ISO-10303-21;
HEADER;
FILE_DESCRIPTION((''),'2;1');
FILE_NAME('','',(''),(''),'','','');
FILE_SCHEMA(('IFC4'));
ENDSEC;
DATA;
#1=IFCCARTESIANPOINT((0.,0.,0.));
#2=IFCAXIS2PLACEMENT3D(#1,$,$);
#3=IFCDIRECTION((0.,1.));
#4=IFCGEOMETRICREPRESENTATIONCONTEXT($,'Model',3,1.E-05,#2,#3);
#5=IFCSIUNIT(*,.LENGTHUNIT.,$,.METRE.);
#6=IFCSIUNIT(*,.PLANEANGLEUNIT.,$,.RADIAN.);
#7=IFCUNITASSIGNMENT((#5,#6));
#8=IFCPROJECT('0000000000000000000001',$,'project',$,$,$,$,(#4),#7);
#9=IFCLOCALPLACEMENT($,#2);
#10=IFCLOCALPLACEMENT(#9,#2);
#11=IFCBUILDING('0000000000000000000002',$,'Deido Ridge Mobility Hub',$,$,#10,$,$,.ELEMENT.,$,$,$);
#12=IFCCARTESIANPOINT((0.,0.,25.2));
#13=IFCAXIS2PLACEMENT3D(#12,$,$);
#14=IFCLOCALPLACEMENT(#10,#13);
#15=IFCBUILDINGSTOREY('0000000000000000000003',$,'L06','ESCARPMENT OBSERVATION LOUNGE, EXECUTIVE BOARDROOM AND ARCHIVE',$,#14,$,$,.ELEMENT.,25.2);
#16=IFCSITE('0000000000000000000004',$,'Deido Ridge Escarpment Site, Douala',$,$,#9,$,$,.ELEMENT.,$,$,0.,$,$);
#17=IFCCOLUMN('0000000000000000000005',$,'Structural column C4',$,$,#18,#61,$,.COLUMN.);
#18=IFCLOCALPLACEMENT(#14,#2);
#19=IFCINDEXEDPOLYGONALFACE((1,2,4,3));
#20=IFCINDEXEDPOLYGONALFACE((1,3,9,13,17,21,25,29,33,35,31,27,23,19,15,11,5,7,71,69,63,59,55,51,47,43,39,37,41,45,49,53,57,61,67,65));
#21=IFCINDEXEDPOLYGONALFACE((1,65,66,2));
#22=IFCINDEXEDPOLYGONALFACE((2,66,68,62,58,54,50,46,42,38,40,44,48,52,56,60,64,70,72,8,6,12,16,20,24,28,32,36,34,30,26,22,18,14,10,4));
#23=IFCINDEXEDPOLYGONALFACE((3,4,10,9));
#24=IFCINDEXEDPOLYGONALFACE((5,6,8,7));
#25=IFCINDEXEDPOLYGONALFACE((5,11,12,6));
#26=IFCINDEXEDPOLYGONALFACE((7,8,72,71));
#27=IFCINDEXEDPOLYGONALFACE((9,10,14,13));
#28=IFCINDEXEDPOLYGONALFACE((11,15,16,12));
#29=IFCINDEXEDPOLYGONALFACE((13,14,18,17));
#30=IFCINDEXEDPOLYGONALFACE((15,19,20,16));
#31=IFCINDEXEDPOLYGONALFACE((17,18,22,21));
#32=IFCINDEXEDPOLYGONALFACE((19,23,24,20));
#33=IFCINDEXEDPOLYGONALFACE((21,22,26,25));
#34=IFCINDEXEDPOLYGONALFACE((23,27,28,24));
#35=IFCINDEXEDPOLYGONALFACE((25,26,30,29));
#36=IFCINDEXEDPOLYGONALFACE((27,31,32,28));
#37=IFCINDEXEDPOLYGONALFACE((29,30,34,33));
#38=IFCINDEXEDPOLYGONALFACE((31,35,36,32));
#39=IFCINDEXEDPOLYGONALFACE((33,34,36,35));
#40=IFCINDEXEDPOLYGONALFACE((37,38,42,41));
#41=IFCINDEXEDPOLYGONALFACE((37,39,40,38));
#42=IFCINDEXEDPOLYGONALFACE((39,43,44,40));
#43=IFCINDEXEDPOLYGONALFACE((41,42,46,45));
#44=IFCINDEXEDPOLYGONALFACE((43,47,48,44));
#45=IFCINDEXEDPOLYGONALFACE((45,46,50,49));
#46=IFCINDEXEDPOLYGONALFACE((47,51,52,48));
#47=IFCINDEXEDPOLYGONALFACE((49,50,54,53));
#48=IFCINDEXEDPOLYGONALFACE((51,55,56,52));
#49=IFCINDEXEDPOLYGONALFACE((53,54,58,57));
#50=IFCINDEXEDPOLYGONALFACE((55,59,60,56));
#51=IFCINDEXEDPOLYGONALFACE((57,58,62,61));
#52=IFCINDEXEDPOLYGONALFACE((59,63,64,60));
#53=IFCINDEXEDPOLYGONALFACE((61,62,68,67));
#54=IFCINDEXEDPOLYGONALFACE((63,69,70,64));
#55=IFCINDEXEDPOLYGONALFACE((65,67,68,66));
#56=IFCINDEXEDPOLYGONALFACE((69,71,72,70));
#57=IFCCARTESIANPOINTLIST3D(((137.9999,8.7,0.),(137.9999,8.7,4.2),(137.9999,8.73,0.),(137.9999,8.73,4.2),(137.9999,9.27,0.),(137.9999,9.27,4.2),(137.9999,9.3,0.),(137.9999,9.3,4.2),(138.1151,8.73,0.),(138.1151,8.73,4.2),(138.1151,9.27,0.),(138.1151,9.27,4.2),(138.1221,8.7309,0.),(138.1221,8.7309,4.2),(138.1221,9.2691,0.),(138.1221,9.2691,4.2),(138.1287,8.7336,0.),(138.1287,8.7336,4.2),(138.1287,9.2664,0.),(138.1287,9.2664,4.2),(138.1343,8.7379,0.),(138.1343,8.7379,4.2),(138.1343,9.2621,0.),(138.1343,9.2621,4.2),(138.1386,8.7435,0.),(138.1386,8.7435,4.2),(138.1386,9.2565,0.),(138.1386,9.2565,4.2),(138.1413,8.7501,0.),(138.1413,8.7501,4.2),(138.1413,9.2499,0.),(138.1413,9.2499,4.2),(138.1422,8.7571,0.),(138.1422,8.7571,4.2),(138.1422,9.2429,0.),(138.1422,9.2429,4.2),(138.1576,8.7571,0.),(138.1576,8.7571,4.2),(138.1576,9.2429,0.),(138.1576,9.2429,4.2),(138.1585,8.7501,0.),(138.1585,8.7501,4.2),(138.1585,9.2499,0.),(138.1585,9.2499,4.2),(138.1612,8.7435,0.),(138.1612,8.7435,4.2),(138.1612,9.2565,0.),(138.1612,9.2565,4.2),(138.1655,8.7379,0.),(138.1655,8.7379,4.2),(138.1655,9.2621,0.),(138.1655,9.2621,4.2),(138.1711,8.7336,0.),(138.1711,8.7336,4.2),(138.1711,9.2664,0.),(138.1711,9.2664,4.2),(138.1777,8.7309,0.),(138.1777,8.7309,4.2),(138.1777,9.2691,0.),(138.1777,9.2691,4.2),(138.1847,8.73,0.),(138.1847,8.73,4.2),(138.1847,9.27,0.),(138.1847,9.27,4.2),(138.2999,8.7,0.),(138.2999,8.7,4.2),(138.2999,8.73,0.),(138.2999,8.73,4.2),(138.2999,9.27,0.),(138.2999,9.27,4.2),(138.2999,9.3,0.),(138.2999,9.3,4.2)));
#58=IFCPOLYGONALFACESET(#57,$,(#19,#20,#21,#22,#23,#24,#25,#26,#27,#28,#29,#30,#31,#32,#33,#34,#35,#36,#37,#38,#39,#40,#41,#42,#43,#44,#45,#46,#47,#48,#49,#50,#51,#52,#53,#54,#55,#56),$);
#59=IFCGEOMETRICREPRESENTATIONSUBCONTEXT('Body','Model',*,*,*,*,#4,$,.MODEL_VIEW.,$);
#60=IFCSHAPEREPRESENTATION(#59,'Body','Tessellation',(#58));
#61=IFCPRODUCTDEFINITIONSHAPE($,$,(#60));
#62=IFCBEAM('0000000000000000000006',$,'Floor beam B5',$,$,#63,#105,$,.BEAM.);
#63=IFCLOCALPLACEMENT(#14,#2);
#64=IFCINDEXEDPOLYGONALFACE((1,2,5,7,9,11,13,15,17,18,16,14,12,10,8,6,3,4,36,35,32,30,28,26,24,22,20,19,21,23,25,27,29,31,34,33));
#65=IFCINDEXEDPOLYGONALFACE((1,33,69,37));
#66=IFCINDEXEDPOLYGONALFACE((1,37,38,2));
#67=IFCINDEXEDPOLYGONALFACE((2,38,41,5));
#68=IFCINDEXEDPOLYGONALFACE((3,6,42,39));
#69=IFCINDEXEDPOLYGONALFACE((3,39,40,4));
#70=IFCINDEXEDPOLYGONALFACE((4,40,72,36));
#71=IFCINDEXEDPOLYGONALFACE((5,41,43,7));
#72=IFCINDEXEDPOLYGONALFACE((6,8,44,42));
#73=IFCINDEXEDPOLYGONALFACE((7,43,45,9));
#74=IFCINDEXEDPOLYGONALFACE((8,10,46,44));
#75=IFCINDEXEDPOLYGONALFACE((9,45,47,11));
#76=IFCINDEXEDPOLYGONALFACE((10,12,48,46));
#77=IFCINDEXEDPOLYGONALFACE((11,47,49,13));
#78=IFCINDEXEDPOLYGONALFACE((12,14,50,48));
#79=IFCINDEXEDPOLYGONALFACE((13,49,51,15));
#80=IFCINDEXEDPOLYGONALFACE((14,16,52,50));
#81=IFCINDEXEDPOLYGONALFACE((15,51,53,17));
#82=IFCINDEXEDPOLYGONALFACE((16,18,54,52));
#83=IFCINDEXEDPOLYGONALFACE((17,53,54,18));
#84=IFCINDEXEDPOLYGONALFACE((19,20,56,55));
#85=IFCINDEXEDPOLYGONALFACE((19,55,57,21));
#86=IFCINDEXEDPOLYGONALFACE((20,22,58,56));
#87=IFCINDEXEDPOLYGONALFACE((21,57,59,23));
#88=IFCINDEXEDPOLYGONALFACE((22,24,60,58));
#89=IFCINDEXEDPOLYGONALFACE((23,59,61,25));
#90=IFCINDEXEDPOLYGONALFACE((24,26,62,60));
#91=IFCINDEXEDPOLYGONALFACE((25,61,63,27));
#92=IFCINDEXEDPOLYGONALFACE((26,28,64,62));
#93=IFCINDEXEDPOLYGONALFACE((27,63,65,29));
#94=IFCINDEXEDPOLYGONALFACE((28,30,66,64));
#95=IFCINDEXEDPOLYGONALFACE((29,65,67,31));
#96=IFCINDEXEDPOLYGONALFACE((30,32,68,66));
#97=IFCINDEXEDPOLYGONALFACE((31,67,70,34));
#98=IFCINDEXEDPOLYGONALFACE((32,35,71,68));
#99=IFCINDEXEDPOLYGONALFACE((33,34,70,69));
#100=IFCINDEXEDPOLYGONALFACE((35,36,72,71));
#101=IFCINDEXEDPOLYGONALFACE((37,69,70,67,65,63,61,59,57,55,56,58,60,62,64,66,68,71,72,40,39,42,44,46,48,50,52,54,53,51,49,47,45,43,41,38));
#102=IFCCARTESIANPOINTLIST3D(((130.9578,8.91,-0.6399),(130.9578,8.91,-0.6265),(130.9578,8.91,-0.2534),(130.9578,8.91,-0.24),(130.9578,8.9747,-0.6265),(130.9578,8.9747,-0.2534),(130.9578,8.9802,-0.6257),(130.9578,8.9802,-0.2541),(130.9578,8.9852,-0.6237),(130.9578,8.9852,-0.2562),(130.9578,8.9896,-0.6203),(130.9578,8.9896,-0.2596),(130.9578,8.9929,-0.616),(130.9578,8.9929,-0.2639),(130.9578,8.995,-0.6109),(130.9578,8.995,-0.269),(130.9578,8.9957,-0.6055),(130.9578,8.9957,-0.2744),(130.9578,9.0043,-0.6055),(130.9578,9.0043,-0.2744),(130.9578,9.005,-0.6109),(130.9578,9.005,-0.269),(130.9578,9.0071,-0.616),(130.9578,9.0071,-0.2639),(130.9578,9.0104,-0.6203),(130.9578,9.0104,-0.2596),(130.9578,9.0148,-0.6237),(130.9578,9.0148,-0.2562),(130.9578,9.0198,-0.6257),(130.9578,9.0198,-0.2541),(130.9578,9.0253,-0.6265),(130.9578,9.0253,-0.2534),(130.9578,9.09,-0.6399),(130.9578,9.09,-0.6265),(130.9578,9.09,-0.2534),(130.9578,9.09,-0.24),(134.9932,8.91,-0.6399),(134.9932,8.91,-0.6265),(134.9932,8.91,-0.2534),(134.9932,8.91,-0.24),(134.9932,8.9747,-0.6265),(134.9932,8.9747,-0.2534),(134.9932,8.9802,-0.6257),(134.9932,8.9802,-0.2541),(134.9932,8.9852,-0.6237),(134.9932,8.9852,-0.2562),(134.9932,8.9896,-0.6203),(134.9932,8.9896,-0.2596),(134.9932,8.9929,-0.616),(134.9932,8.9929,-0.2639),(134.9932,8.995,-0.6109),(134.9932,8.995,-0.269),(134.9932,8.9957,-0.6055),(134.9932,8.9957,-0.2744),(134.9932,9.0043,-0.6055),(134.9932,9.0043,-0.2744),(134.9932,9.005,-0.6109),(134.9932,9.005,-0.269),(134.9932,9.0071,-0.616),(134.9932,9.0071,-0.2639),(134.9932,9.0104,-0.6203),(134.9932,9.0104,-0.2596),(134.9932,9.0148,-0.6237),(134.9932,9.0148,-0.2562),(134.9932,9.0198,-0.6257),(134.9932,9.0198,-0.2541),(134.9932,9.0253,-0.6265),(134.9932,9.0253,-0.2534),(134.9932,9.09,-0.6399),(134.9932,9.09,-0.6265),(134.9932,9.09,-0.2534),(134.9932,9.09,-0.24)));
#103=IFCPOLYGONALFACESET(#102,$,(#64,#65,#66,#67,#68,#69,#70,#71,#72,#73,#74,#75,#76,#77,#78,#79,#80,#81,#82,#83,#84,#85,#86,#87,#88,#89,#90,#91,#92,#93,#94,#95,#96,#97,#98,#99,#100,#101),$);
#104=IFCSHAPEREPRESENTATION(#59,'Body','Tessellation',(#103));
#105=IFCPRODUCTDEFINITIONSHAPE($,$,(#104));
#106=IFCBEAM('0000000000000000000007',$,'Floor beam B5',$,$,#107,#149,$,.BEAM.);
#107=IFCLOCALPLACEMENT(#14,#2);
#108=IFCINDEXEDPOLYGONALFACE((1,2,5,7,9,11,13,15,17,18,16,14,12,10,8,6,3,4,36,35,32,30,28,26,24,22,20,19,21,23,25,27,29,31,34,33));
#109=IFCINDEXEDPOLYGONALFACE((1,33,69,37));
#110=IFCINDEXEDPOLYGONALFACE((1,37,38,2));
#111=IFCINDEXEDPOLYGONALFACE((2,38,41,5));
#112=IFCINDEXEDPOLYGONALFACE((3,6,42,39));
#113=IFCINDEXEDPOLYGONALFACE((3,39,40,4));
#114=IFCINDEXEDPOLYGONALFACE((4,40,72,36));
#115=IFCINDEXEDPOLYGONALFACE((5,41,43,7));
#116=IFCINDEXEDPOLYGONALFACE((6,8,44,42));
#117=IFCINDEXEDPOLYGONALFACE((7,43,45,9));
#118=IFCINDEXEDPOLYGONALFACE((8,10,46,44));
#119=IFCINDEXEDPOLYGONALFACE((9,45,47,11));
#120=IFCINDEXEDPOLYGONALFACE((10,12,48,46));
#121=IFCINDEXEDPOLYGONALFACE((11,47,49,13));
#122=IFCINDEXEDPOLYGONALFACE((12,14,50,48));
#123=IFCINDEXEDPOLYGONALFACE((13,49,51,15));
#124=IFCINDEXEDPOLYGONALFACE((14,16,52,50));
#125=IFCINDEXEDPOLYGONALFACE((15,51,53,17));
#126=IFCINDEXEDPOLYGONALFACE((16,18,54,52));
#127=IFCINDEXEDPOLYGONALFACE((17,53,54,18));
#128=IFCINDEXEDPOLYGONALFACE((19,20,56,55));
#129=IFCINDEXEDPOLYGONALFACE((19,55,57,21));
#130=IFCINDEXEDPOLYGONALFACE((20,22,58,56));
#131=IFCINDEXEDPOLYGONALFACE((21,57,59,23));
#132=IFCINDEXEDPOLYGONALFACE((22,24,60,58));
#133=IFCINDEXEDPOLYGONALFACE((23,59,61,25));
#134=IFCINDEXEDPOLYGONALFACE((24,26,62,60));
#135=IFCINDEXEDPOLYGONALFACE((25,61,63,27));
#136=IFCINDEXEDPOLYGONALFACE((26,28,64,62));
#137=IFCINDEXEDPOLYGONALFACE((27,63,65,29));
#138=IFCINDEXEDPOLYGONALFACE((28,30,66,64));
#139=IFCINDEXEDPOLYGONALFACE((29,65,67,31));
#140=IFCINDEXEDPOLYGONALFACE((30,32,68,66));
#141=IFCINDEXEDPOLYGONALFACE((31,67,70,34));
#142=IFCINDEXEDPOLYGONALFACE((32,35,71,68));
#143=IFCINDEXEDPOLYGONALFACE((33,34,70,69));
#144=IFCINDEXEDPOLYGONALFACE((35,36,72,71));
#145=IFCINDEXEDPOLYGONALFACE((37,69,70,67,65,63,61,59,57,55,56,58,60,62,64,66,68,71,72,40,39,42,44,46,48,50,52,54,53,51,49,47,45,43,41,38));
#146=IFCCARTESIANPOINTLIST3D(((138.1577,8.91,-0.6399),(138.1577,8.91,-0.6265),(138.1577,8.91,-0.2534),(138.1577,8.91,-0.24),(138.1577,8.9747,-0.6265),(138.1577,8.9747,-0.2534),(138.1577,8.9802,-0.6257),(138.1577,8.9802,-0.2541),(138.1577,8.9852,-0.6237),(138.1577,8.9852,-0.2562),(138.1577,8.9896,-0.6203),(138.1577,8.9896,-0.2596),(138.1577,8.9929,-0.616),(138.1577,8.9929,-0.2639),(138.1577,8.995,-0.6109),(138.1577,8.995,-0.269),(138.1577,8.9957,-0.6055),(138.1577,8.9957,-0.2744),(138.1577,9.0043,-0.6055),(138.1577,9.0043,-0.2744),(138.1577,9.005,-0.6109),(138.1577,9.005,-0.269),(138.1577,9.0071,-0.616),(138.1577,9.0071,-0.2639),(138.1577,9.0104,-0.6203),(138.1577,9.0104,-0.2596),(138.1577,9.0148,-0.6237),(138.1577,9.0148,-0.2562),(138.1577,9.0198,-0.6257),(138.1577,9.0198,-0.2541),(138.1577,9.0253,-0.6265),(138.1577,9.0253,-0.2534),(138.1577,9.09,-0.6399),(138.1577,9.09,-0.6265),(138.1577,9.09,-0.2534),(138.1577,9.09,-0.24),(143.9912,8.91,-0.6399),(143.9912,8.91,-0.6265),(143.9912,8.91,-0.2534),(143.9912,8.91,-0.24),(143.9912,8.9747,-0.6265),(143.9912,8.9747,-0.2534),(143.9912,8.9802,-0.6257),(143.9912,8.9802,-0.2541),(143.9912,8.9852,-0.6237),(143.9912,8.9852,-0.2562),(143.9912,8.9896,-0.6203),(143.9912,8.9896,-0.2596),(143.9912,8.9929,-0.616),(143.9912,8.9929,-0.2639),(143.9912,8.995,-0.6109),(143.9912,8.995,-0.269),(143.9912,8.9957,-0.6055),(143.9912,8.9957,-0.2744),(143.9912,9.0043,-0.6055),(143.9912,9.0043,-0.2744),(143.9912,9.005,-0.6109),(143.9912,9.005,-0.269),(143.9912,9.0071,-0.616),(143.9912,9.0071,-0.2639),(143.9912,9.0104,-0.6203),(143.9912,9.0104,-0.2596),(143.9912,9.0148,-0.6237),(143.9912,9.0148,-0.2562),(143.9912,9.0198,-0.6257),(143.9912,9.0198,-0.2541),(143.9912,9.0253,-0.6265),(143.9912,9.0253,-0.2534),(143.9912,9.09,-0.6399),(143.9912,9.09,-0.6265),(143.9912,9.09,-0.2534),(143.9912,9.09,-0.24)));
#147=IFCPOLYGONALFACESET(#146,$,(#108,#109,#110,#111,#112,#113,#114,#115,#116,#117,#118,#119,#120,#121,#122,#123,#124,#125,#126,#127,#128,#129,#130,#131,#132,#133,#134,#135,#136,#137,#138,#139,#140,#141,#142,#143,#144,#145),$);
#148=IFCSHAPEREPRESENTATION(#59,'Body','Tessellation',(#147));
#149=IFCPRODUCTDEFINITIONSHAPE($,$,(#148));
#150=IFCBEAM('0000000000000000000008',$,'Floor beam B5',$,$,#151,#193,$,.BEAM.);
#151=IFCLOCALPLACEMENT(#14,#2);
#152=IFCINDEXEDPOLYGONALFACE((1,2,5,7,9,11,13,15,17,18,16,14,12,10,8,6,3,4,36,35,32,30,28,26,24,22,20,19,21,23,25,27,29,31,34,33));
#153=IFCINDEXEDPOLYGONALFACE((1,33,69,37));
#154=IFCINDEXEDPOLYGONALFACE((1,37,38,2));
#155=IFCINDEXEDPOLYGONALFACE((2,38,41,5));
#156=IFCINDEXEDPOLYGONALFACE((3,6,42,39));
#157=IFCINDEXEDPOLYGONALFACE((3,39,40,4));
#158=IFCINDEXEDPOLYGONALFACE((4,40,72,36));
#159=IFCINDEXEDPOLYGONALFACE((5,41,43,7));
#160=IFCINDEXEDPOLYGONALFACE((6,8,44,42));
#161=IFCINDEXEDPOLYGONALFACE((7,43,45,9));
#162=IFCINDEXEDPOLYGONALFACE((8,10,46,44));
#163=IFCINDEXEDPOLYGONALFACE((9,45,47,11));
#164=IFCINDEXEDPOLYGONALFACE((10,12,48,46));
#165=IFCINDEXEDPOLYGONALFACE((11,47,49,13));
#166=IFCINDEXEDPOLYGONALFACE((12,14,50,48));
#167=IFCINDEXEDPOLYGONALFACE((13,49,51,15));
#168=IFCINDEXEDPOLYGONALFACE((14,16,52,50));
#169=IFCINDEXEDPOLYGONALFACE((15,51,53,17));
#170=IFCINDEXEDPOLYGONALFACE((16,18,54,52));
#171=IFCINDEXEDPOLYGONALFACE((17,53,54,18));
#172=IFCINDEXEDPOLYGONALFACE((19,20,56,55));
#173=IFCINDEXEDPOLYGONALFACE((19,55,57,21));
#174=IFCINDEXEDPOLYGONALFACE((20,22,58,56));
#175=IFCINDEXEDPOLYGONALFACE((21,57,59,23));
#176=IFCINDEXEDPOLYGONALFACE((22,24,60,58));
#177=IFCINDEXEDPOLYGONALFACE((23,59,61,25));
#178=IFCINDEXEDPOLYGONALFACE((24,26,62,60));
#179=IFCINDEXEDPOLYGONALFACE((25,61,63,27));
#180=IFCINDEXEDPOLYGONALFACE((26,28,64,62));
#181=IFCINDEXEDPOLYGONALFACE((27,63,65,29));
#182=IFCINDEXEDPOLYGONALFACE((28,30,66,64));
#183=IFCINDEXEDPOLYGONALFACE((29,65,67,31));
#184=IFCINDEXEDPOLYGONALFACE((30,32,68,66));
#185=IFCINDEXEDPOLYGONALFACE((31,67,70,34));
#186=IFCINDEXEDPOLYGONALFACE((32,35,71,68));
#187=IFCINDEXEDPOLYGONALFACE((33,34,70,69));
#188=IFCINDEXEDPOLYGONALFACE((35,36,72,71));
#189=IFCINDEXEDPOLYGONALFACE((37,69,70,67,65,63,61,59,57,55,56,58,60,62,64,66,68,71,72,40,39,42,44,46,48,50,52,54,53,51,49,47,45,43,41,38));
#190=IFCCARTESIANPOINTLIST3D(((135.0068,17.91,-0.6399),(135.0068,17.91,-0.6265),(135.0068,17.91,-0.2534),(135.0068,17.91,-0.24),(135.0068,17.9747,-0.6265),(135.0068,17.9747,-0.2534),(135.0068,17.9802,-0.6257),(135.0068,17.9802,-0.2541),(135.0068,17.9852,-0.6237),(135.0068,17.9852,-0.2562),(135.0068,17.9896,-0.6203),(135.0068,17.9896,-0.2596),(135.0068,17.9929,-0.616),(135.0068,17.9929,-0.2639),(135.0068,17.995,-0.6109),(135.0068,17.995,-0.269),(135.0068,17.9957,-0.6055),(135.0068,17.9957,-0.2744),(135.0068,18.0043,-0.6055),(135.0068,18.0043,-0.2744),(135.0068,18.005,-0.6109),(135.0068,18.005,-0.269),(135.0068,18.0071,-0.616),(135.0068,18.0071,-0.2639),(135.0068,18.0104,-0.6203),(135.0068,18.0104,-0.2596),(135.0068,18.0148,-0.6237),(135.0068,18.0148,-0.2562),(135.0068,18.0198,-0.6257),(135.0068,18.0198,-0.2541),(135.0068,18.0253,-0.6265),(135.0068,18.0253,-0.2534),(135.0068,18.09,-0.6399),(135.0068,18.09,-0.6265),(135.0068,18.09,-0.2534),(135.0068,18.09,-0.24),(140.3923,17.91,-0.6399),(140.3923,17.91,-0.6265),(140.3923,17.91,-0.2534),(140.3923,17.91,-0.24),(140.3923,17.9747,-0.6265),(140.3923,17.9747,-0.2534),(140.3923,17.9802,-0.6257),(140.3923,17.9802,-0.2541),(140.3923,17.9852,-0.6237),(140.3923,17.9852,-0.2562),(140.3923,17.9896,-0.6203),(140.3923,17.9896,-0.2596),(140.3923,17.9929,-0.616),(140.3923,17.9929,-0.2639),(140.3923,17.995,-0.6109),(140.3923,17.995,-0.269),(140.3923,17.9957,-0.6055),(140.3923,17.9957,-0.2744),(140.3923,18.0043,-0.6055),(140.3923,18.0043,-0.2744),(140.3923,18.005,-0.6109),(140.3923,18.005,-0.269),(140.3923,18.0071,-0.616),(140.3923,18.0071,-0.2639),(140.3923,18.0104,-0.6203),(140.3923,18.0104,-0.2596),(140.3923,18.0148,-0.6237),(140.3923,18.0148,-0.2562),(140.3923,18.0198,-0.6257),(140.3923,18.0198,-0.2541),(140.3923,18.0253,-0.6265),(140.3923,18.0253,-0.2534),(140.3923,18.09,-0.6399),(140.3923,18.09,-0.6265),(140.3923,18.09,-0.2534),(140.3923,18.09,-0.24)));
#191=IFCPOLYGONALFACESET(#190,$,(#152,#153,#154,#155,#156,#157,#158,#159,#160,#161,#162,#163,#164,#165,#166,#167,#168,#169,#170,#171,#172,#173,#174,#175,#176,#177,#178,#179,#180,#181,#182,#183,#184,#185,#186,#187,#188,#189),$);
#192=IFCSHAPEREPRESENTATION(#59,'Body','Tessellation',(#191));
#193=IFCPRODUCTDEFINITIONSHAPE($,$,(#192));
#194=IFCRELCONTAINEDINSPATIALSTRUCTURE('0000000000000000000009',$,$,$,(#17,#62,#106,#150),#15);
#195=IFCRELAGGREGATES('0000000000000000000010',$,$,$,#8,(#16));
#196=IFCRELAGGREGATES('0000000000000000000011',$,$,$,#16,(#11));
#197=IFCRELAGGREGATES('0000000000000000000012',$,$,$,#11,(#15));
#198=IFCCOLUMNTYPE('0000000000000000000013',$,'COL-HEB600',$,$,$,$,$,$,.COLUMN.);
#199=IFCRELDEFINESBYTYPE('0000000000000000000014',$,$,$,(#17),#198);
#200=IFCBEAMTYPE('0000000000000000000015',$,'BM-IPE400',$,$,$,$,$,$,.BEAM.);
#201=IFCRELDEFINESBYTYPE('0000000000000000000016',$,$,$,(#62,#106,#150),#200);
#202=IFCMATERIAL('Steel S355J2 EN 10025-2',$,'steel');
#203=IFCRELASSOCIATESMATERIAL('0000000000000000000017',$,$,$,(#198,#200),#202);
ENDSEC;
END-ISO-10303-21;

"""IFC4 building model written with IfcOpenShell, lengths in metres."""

from ifc_helpers import new_model, si_unit, direction, frame, origin, origin_2d, place, context, subcontext, project, spatial, i_section, extrude, material, material_profile, profile_set, type_object, element, save


model = new_model("IFC4")

# Units and contexts
model_context = context("Model", 3, precision=1e-05, world=origin(), true_north=direction((0.0, 1.0)))
body_context = subcontext(model_context, "Body", "Model", "MODEL_VIEW")
ifc_project = project(units=[si_unit("LENGTHUNIT", "METRE"), si_unit("PLANEANGLEUNIT", "RADIAN")], contexts=[model_context])

# Site, building, storey
site_placement = place(None, origin())
site = spatial("IfcSite", under=ifc_project, at=site_placement, Name="Deido Ridge Escarpment Site, Douala", CompositionType="ELEMENT", RefElevation=0.0)
building_placement = place(site_placement, origin())
building = spatial("IfcBuilding", under=site, at=building_placement, Name="Deido Ridge Mobility Hub", CompositionType="ELEMENT")
storey_placement = place(building_placement, frame((0.0, 0.0, 25.2)))
storey = spatial("IfcBuildingStorey", under=building, at=storey_placement, Name="L06", Description="ESCARPMENT OBSERVATION LOUNGE, EXECUTIVE BOARDROOM AND ARCHIVE", CompositionType="ELEMENT", Elevation=25.2)

# Column
ifc_material_1 = material(Name="Steel S355J2 EN 10025-2", Category="steel")
ifc_material_profile_1 = material_profile(ifc_material_1, i_section(OverallWidth=0.3, OverallDepth=0.6001, WebThickness=0.0154, FlangeThickness=0.03, FilletRadius=0.0271, at=origin_2d()), Name="HEB 600")
ifc_profile_set_1 = profile_set([ifc_material_profile_1], Name="Steel S355J2 EN 10025-2")
column_type = type_object("IfcColumnType", Name="COL-HEB600", PredefinedType="COLUMN", material=ifc_profile_set_1)
column_placement = place(storey_placement, frame((138.1499, 9.0, 0.0), z_axis=(0.0, 0.0, 1.0), x_axis=(1.0, 0.0, 0.0)))
element("IfcColumn", 1, at=column_placement, inside=storey, type_object=column_type, Name="Structural column C4", PredefinedType="COLUMN", context=body_context, shape_type="SweptSolid", body=[
    extrude(i_section(OverallWidth=0.3, OverallDepth=0.6001, WebThickness=0.0154, FlangeThickness=0.03, FilletRadius=0.0271, at=origin_2d()), origin(), (0.0, 0.0, 1.0), 4.2),
])

# Beams
ifc_material_profile_2 = material_profile(ifc_material_1, i_section(OverallWidth=0.1799, OverallDepth=0.3999, WebThickness=0.0085, FlangeThickness=0.0134, FilletRadius=0.021, at=origin_2d()), Name="IPE 400")
ifc_profile_set_2 = profile_set([ifc_material_profile_2], Name="Steel S355J2 EN 10025-2")
beam_type_1 = type_object("IfcBeamType", Name="BM-IPE400", PredefinedType="BEAM", material=ifc_profile_set_2)
beam_1_placement = place(storey_placement, frame((130.9578, 9.0, -0.4399), z_axis=(1.0, 0.0, 0.0), x_axis=(0.0, 1.0, 0.0)))
element("IfcBeam", 2, at=beam_1_placement, inside=storey, type_object=beam_type_1, Name="Floor beam B5", PredefinedType="BEAM", context=body_context, shape_type="SweptSolid", body=[
    extrude(i_section(OverallWidth=0.1799, OverallDepth=0.3999, WebThickness=0.0085, FlangeThickness=0.0134, FilletRadius=0.021, at=origin_2d()), origin(), (0.0, 0.0, 1.0), 4.0354),
])
beam_2_placement = place(storey_placement, frame((138.1577, 9.0, -0.4399), z_axis=(1.0, 0.0, 0.0), x_axis=(0.0, 1.0, 0.0)))
element("IfcBeam", 3, at=beam_2_placement, inside=storey, type_object=beam_type_1, Name="Floor beam B5", PredefinedType="BEAM", context=body_context, shape_type="SweptSolid", body=[
    extrude(i_section(OverallWidth=0.1799, OverallDepth=0.3999, WebThickness=0.0085, FlangeThickness=0.0134, FilletRadius=0.021, at=origin_2d()), origin(), (0.0, 0.0, 1.0), 5.8335),
])
beam_3_placement = place(storey_placement, frame((135.0068, 18.0, -0.4399), z_axis=(1.0, 0.0, 0.0), x_axis=(0.0, 1.0, 0.0)))
element("IfcBeam", 4, at=beam_3_placement, inside=storey, type_object=beam_type_1, Name="Floor beam B5", PredefinedType="BEAM", context=body_context, shape_type="SweptSolid", body=[
    extrude(i_section(OverallWidth=0.1799, OverallDepth=0.3999, WebThickness=0.0085, FlangeThickness=0.0134, FilletRadius=0.021, at=origin_2d()), origin(), (0.0, 0.0, 1.0), 5.3855),
])

save(model, "model.ifc")
